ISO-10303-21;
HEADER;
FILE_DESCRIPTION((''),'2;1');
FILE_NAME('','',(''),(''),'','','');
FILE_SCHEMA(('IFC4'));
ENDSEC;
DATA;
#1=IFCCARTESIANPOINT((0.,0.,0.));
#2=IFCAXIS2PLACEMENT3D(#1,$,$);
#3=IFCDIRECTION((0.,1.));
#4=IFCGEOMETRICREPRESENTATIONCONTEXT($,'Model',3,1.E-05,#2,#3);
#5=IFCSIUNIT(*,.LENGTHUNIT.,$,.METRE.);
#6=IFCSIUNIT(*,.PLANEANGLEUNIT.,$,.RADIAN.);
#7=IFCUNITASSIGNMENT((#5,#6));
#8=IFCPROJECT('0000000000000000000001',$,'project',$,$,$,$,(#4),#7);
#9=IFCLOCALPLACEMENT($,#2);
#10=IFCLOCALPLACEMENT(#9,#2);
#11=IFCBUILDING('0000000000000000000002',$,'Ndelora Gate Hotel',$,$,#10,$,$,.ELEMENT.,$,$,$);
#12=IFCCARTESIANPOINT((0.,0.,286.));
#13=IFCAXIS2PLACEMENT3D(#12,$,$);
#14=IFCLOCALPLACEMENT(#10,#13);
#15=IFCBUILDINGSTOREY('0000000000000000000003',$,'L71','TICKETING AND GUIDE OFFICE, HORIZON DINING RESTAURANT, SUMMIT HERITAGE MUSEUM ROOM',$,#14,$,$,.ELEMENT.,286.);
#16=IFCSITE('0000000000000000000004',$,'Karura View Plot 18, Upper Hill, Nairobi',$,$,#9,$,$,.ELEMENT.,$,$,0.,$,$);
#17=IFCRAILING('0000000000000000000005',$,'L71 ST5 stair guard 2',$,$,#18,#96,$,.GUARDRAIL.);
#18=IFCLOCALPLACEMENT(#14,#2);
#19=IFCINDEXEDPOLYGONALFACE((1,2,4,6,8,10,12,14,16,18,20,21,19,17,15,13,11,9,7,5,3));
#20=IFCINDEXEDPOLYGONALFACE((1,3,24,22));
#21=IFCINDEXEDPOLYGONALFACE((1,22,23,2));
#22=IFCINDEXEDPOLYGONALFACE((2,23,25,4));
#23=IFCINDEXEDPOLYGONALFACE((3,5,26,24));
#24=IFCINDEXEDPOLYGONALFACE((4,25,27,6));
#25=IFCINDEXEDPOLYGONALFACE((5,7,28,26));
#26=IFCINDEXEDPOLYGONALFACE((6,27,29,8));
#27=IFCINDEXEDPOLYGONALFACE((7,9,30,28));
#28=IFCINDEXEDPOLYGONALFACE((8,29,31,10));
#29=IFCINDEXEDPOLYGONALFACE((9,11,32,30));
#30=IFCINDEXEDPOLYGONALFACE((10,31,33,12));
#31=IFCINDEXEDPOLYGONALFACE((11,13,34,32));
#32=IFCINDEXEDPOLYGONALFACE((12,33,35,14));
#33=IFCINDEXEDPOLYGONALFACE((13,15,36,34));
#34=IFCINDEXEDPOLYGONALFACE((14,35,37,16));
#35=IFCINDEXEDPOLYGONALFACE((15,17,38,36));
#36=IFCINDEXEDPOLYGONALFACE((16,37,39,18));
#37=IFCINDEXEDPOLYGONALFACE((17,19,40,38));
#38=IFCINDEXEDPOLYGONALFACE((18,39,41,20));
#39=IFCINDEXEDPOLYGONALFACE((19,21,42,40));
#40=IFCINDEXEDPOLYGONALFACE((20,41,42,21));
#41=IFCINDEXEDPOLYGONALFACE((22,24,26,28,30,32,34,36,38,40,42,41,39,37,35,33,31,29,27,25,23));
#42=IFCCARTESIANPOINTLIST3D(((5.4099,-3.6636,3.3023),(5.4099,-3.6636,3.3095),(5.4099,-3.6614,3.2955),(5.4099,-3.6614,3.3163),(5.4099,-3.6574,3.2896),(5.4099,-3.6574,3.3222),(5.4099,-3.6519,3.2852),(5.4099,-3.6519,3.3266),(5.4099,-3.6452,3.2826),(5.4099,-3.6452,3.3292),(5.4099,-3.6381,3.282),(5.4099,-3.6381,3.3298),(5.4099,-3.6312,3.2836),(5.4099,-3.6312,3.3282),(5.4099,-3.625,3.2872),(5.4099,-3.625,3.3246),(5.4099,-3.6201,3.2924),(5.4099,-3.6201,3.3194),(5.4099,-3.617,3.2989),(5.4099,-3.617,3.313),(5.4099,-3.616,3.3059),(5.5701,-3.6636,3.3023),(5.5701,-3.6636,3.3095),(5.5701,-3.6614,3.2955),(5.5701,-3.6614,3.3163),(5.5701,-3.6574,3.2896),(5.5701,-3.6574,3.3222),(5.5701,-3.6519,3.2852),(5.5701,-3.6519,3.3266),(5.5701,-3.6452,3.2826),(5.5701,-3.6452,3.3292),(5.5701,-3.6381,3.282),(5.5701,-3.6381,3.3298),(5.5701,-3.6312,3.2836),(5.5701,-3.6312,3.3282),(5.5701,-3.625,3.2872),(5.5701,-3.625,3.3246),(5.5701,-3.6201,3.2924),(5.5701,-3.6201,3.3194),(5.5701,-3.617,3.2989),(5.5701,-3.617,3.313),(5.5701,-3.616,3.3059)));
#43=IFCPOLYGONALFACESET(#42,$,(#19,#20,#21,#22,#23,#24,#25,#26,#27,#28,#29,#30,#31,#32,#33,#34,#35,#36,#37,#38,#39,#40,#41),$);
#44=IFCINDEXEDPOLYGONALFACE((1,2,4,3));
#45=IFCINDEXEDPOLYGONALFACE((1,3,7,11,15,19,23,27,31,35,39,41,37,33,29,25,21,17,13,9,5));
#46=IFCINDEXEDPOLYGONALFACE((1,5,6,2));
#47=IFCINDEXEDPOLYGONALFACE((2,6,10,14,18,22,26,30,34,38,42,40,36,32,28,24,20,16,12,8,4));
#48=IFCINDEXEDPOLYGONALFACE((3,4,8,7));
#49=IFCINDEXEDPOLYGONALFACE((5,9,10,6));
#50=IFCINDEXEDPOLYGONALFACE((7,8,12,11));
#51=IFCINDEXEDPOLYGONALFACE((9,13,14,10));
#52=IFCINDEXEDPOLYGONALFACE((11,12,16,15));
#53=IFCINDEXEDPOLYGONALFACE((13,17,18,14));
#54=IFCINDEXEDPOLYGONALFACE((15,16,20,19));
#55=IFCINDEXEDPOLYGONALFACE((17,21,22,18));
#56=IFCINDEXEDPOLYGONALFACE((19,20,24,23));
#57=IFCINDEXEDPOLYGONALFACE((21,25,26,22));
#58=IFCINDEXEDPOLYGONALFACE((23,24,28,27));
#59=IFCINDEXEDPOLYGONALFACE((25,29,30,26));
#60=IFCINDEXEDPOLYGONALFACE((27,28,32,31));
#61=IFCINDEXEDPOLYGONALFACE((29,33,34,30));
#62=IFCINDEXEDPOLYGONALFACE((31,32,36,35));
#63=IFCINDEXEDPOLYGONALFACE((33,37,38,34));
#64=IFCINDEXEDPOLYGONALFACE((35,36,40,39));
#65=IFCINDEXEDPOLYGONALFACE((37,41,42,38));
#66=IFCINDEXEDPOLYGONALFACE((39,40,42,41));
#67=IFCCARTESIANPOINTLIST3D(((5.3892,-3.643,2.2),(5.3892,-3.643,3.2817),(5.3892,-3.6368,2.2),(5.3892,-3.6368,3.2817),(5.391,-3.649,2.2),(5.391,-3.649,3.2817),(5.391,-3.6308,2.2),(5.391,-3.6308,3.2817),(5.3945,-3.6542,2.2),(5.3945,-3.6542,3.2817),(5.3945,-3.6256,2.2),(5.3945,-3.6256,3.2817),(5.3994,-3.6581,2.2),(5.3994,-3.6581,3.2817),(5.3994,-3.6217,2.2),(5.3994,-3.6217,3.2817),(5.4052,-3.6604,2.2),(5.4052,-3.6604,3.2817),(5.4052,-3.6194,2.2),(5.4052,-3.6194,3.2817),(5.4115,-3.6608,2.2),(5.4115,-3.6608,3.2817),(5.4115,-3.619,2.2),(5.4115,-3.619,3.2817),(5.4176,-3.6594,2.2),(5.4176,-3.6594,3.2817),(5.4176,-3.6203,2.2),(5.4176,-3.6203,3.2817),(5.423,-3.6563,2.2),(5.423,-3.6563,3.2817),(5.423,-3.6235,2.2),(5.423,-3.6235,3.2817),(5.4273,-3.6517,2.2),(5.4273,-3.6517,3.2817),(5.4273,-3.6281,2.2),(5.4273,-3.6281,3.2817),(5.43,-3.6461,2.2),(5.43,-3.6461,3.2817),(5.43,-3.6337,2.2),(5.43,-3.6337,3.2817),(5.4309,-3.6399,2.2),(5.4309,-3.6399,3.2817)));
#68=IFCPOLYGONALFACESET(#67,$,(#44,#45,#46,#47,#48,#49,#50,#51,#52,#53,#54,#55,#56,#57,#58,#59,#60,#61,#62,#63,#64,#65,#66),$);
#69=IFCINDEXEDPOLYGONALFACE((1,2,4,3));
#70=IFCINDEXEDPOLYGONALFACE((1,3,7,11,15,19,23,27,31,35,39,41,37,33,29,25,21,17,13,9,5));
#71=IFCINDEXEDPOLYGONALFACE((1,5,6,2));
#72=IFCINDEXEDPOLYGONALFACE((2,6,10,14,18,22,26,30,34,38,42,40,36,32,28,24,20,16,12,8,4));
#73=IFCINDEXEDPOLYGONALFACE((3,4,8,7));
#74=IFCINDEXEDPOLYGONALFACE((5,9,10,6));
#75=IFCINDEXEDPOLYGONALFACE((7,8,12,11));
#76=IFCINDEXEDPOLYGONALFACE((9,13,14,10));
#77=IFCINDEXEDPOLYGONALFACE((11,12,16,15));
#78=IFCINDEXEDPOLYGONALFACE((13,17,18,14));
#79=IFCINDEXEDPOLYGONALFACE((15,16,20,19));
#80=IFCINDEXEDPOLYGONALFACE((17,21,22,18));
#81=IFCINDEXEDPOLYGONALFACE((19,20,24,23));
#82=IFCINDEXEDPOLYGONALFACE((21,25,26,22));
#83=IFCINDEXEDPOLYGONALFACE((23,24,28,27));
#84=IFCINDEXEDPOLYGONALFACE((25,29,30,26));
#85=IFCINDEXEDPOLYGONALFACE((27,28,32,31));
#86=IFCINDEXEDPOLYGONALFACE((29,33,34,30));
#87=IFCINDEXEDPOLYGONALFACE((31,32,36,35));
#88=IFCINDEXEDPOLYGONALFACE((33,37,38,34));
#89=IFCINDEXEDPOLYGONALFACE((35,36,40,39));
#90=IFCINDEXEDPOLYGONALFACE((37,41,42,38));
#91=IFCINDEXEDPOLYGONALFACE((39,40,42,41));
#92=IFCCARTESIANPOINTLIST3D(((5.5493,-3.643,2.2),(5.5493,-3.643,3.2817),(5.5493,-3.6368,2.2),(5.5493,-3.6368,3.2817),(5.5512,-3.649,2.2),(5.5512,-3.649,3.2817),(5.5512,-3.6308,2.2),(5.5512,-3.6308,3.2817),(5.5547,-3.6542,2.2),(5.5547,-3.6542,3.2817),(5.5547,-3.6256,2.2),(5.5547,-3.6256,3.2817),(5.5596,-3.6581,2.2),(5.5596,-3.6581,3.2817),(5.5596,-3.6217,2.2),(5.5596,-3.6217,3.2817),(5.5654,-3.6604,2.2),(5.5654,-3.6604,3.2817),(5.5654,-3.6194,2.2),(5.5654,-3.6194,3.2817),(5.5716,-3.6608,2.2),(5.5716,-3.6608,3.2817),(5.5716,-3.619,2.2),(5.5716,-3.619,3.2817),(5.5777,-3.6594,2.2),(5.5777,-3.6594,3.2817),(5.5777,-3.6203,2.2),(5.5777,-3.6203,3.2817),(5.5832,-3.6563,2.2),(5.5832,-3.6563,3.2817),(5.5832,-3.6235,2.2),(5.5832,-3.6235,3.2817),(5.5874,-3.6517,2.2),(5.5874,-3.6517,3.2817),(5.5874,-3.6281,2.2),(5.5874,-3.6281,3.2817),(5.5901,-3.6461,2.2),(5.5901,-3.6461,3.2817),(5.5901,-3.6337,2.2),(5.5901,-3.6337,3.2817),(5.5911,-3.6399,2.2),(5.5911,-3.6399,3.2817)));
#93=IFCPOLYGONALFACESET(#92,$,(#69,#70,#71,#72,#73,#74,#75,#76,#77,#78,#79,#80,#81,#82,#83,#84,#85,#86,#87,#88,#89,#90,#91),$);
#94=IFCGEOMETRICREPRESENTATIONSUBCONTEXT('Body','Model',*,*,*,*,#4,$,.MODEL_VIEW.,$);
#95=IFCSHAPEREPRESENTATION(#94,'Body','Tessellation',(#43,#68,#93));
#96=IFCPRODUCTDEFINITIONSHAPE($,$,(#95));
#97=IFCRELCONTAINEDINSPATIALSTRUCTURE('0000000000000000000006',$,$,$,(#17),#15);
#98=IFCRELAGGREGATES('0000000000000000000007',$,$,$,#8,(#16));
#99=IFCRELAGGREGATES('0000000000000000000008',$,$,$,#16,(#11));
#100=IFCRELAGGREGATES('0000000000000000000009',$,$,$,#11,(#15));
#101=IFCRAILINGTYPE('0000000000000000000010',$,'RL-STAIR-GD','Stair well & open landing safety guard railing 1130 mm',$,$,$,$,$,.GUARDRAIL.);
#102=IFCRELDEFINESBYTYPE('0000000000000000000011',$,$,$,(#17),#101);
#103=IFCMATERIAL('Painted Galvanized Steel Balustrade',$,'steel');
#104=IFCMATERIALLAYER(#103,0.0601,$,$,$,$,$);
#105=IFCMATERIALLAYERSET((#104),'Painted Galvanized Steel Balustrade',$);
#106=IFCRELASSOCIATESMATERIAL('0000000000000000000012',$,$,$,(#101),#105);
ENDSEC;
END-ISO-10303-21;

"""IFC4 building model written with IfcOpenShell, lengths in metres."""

from ifc_helpers import new_model, si_unit, direction, frame, origin, origin_2d, place, context, subcontext, project, spatial, circle, extrude, material, layer, layer_set, type_object, element, save


model = new_model("IFC4")

# Units and contexts
model_context = context("Model", 3, precision=1e-05, world=origin(), true_north=direction((0.0, 1.0)))
body_context = subcontext(model_context, "Body", "Model", "MODEL_VIEW")
ifc_project = project(units=[si_unit("LENGTHUNIT", "METRE"), si_unit("PLANEANGLEUNIT", "RADIAN")], contexts=[model_context])

# Site, building, storey
site_placement = place(None, origin())
site = spatial("IfcSite", under=ifc_project, at=site_placement, Name="Karura View Plot 18, Upper Hill, Nairobi", CompositionType="ELEMENT", RefElevation=0.0)
building_placement = place(site_placement, origin())
building = spatial("IfcBuilding", under=site, at=building_placement, Name="Ndelora Gate Hotel", CompositionType="ELEMENT")
storey_placement = place(building_placement, frame((0.0, 0.0, 286.0)))
storey = spatial("IfcBuildingStorey", under=building, at=storey_placement, Name="L71", Description="TICKETING AND GUIDE OFFICE, HORIZON DINING RESTAURANT, SUMMIT HERITAGE MUSEUM ROOM", CompositionType="ELEMENT", Elevation=286.0)

# Railing
ifc_material_1 = material(Name="Painted Galvanized Steel Balustrade", Category="steel")
ifc_layer_1 = layer(ifc_material_1, 0.0601)
ifc_layer_set_1 = layer_set([ifc_layer_1], Name="Painted Galvanized Steel Balustrade")
railing_type_1 = type_object("IfcRailingType", Name="RL-STAIR-GD", Description="Stair well & open landing safety guard railing 1130 mm", PredefinedType="GUARDRAIL", material=ifc_layer_set_1)
railing_1_placement = place(storey_placement, frame((5.4099, -3.6399, 2.2)))
element("IfcRailing", 1, at=railing_1_placement, inside=storey, type_object=railing_type_1, Name="L71 ST5 stair guard 2", PredefinedType="GUARDRAIL", context=body_context, shape_type="SweptSolid", body=[
    extrude(circle(Radius=0.0239, at=origin_2d()), frame((0.0, 0.0, 1.106), z_axis=(1.0, 0.0, 0.0), x_axis=(0.0, 1.0, 0.0)), (0.0, 0.0, 1.0), 0.1602),
    extrude(circle(Radius=0.021, at=origin_2d()), origin(), (0.0, 0.0, 1.0), 1.0818),
    extrude(circle(Radius=0.021, at=origin_2d()), frame((0.1602, 0.0, 0.0)), (0.0, 0.0, 1.0), 1.0818),
])

save(model, "model.ifc")
